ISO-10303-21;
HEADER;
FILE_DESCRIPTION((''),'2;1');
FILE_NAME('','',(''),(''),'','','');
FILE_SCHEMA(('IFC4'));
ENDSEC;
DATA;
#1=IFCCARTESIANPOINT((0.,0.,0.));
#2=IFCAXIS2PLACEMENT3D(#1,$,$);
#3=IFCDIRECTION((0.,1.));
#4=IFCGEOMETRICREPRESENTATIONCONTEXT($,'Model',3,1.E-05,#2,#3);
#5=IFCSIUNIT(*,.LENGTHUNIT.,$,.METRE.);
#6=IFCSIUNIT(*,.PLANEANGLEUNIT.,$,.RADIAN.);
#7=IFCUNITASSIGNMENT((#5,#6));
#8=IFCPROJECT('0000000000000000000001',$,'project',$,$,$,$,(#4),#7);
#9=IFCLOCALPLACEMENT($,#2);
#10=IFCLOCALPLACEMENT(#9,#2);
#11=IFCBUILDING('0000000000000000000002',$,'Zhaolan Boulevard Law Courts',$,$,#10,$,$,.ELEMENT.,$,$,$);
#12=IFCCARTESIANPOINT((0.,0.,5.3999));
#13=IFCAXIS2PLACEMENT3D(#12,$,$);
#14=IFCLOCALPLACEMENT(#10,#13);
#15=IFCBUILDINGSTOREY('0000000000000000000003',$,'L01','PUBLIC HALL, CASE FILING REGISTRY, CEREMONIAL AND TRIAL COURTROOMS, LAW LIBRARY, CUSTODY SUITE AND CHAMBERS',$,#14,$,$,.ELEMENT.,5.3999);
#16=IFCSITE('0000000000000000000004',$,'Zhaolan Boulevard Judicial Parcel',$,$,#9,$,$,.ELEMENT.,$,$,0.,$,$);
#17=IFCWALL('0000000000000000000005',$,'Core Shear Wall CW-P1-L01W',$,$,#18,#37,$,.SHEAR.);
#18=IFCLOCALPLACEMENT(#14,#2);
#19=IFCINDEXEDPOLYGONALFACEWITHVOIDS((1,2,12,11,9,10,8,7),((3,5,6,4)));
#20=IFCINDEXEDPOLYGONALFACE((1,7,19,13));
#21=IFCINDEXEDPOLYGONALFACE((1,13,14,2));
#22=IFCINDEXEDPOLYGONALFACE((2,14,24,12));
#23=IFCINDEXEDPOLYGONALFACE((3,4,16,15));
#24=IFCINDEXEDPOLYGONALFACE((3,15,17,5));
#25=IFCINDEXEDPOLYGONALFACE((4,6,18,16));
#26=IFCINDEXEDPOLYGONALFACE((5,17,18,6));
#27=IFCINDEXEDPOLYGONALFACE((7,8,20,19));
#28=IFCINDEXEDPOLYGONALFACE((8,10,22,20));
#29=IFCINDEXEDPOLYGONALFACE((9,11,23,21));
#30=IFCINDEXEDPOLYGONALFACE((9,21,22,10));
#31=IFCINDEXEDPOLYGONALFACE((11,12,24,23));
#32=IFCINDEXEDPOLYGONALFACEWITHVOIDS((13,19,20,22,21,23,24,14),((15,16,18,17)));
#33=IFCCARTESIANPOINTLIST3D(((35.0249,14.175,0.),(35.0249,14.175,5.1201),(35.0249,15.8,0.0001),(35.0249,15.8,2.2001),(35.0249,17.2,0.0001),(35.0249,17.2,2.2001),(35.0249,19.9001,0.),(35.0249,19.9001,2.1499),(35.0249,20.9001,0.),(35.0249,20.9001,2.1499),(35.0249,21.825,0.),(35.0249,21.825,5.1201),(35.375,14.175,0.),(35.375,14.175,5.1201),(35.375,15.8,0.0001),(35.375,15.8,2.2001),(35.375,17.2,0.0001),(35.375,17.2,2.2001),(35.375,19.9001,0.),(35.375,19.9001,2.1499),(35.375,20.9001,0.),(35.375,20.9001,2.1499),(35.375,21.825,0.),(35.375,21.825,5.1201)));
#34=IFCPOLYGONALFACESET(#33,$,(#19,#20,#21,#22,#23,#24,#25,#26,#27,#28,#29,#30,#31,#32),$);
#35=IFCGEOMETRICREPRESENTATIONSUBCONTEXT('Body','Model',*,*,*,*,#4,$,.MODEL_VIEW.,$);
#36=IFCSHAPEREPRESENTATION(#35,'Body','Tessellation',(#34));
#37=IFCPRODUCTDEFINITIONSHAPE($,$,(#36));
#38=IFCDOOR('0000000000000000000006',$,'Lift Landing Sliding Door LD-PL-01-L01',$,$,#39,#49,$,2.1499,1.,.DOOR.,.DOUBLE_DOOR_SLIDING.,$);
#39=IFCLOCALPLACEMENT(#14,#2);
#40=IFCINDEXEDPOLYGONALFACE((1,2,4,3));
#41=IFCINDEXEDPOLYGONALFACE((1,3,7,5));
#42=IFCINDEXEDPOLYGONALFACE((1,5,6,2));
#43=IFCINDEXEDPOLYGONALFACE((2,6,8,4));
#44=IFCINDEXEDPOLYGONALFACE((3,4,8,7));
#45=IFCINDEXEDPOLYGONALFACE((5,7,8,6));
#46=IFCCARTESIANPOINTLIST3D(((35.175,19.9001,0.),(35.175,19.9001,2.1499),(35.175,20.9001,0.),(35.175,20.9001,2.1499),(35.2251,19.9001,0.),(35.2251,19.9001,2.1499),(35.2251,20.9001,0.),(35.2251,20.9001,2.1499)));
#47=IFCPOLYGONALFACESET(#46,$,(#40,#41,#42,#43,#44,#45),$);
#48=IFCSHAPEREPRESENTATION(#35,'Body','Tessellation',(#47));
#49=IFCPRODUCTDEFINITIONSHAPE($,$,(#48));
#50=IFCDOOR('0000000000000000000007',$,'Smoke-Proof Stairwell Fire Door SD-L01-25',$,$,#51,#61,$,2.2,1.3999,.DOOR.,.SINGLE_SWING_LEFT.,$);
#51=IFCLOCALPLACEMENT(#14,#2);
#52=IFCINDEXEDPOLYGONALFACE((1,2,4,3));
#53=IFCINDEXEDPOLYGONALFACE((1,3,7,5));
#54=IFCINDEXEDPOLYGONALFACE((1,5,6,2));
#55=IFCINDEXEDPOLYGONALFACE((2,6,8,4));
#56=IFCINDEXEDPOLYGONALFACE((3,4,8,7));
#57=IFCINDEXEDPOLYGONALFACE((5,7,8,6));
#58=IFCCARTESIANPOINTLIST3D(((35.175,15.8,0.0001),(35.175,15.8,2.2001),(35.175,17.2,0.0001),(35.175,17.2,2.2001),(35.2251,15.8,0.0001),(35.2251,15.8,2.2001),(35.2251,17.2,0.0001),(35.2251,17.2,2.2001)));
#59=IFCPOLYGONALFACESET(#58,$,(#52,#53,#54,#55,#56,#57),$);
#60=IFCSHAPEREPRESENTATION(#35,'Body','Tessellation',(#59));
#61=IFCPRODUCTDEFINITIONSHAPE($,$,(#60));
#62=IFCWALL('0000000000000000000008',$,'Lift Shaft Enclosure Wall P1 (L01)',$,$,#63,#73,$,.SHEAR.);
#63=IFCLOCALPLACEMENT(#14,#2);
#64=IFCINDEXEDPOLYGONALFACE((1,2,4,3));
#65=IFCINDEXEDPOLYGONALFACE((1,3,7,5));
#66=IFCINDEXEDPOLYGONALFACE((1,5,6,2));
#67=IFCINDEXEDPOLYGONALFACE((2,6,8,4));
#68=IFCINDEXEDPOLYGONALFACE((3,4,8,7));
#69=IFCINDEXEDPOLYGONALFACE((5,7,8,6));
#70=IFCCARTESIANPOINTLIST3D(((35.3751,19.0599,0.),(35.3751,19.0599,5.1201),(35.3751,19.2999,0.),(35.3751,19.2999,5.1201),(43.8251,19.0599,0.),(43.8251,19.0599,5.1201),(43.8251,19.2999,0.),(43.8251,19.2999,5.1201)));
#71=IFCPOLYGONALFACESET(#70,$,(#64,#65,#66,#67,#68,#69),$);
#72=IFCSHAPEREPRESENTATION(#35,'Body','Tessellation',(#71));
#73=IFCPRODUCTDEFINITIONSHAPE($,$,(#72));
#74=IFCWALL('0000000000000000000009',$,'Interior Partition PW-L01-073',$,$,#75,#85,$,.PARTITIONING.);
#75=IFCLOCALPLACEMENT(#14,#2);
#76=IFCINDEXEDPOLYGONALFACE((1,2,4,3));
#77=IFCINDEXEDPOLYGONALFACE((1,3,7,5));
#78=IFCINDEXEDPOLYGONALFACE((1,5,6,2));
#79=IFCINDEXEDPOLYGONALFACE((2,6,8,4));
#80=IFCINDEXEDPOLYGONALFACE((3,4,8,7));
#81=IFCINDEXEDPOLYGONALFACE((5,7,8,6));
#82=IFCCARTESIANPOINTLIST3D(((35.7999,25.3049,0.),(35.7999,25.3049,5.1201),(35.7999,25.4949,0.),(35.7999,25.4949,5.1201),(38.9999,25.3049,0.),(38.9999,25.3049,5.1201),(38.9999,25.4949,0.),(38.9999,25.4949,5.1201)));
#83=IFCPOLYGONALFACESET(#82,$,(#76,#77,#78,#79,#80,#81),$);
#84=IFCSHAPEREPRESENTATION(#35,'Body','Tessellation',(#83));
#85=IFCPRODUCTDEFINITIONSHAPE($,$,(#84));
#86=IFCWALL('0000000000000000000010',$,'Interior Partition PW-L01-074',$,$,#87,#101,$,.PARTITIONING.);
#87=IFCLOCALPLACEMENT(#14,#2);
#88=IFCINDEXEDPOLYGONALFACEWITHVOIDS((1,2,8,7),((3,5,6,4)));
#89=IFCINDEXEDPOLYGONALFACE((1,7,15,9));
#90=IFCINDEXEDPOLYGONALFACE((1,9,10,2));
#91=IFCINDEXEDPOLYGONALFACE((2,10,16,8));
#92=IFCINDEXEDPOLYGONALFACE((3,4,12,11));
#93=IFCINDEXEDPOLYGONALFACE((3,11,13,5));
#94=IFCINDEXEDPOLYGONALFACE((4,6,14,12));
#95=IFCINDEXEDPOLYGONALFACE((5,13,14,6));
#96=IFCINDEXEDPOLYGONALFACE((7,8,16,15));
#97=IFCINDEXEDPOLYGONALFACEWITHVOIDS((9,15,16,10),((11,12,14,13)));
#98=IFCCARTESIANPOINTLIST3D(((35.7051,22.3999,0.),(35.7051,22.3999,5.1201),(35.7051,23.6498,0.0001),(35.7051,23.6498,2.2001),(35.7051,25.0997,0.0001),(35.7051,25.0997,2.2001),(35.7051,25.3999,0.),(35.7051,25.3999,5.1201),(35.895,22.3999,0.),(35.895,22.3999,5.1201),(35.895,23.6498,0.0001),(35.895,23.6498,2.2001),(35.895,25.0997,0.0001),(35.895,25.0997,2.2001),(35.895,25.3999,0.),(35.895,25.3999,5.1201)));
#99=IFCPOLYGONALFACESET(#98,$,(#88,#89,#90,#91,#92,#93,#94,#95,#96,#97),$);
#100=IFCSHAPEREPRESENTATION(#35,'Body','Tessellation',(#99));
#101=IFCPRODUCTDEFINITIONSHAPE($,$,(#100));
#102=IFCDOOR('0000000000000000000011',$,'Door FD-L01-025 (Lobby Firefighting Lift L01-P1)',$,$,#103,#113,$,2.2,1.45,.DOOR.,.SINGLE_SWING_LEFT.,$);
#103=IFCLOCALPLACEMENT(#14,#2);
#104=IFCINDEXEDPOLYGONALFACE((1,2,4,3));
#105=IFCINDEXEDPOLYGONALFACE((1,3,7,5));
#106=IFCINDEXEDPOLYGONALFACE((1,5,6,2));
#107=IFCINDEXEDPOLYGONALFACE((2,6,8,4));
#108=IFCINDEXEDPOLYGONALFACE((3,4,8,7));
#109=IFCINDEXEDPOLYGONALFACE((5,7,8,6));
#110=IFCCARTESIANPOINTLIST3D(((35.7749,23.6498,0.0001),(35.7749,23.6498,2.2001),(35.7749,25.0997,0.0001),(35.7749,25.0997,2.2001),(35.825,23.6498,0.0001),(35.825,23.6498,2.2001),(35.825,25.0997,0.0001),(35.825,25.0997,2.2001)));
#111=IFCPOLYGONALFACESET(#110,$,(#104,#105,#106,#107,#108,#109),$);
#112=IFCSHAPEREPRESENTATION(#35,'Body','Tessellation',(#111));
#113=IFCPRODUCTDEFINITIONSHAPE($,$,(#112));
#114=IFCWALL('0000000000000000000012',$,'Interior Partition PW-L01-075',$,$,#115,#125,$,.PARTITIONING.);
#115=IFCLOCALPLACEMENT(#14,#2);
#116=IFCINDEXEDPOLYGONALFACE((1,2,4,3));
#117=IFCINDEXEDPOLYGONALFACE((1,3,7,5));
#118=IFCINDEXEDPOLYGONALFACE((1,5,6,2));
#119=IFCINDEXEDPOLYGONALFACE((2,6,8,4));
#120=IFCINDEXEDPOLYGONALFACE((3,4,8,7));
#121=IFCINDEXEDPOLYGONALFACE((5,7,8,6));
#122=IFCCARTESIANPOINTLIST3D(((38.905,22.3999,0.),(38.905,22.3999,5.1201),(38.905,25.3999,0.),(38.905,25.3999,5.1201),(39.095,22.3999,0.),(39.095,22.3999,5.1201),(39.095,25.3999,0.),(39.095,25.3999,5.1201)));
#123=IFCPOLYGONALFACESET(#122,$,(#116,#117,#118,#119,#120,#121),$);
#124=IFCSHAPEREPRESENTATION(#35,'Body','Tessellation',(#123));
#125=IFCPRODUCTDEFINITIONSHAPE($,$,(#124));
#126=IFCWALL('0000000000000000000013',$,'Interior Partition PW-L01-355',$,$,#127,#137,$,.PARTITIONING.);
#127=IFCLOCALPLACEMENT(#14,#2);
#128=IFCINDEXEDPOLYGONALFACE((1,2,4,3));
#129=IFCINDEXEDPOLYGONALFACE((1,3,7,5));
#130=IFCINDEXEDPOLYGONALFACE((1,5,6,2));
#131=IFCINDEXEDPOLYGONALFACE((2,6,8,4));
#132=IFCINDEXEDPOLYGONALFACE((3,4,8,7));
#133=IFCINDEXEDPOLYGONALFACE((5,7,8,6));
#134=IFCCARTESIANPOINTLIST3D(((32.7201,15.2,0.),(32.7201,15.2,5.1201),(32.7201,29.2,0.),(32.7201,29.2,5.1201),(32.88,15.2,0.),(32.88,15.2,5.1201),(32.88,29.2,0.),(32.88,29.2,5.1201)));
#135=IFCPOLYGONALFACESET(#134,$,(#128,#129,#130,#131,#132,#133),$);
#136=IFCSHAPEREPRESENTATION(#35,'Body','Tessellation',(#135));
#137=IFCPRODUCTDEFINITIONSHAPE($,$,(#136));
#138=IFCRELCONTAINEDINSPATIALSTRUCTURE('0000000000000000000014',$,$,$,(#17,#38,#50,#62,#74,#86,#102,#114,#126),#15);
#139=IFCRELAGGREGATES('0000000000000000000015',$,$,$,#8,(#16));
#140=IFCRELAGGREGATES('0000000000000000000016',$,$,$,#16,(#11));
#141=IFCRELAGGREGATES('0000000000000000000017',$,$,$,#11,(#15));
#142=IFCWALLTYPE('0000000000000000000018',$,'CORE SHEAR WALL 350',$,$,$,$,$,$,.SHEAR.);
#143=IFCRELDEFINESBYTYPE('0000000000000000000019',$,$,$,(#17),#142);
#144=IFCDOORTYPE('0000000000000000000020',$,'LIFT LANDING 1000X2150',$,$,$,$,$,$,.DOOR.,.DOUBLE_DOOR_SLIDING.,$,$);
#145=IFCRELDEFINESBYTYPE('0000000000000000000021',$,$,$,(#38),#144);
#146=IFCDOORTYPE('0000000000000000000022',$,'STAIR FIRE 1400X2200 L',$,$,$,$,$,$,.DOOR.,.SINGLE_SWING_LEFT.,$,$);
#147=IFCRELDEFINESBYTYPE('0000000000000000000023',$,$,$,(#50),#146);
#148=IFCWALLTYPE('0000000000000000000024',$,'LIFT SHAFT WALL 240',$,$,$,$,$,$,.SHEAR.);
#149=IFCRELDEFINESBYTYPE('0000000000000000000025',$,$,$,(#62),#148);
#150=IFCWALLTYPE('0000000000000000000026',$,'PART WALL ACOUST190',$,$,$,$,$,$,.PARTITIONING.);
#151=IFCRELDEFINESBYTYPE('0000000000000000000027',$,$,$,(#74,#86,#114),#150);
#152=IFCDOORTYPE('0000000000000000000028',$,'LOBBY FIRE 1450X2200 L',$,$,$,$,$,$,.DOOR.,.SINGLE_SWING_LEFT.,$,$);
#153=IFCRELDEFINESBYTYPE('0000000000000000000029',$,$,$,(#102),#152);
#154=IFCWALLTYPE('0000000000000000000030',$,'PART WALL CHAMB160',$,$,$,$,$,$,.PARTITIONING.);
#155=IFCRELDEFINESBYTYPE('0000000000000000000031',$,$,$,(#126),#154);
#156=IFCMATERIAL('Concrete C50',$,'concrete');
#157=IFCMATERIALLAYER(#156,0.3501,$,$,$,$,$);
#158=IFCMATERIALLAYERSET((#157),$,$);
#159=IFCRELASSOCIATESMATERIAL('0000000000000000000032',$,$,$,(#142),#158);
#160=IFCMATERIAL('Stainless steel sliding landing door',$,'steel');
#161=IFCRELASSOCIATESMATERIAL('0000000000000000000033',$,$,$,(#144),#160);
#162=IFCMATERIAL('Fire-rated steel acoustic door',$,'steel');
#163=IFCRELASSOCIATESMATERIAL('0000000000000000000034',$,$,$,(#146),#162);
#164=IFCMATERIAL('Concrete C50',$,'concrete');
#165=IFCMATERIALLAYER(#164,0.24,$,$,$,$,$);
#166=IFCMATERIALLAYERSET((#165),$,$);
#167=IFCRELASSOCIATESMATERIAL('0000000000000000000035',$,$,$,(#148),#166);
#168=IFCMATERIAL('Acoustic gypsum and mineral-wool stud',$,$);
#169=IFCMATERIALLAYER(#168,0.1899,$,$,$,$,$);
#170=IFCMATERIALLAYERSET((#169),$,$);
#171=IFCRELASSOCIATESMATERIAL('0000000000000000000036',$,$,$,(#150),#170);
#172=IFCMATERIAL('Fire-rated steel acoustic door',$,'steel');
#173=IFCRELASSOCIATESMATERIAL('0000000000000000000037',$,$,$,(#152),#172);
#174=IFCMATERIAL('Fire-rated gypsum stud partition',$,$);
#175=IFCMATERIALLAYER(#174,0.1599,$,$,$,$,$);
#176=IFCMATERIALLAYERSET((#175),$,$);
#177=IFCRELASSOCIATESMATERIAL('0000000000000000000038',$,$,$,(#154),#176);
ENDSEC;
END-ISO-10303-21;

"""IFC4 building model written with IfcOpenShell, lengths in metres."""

from ifc_helpers import new_model, si_unit, direction, frame, frame_2d, origin, place, context, subcontext, project, spatial, rectangle, extrude, material, layer, layer_set, type_object, element, fill, save


model = new_model("IFC4")

# Units and contexts
model_context = context("Model", 3, precision=1e-05, world=origin(), true_north=direction((0.0, 1.0)))
body_context = subcontext(model_context, "Body", "Model", "MODEL_VIEW")
ifc_project = project(units=[si_unit("LENGTHUNIT", "METRE"), si_unit("PLANEANGLEUNIT", "RADIAN")], contexts=[model_context])

# Site, building, storey
site_placement = place(None, origin())
site = spatial("IfcSite", under=ifc_project, at=site_placement, Name="Zhaolan Boulevard Judicial Parcel", CompositionType="ELEMENT", RefElevation=0.0)
building_placement = place(site_placement, origin())
building = spatial("IfcBuilding", under=site, at=building_placement, Name="Zhaolan Boulevard Law Courts", CompositionType="ELEMENT")
storey_placement = place(building_placement, frame((0.0, 0.0, 5.3999)))
storey = spatial("IfcBuildingStorey", under=building, at=storey_placement, Name="L01", Description="PUBLIC HALL, CASE FILING REGISTRY, CEREMONIAL AND TRIAL COURTROOMS, LAW LIBRARY, CUSTODY SUITE AND CHAMBERS", CompositionType="ELEMENT", Elevation=5.3999)

# Wall, openings, doors
ifc_material_1 = material(Name="Concrete C50", Category="concrete")
ifc_layer_1 = layer(ifc_material_1, 0.3501)
ifc_layer_set_1 = layer_set([ifc_layer_1])
wall_type_1 = type_object("IfcWallType", Name="CORE SHEAR WALL 350", PredefinedType="SHEAR", material=ifc_layer_set_1)
wall_1_placement = place(storey_placement, frame((35.2, 14.175, 0.0), z_axis=(0.0, 0.0, 1.0), x_axis=(0.0, 1.0, 0.0)))
wall_1 = element("IfcWall", 1, at=wall_1_placement, inside=storey, type_object=wall_type_1, Name="Core Shear Wall CW-P1-L01W", PredefinedType="SHEAR", context=body_context, shape_type="SweptSolid", body=[
    extrude(rectangle(XDim=7.6499, YDim=0.3501, at=frame_2d((3.825, 0.0))), origin(), (0.0, 0.0, 1.0), 5.1201),
])
opening_1_placement = place(wall_1_placement, frame((1.625, 0.0, 0.0)))
opening_1 = element("IfcOpeningElement", 2, at=opening_1_placement, cuts=wall_1, PredefinedType="OPENING", context=body_context, shape_type="SweptSolid", body=[
    extrude(rectangle(XDim=1.3999, YDim=2.2, at=frame_2d((0.7, 1.1001))), frame((0.0, 0.1851, 0.0), z_axis=(0.0, -1.0, 0.0), x_axis=(1.0, 0.0, 0.0)), (0.0, 0.0, 1.0), 0.3701),
])
opening_2_placement = place(wall_1_placement, frame((5.7251, 0.0, 0.0)))
opening_2 = element("IfcOpeningElement", 3, at=opening_2_placement, cuts=wall_1, PredefinedType="OPENING", context=body_context, shape_type="SweptSolid", body=[
    extrude(rectangle(XDim=1.0, YDim=2.1499, at=frame_2d((0.5, 1.075))), frame((0.0, 0.1851, 0.0), z_axis=(0.0, -1.0, 0.0), x_axis=(1.0, 0.0, 0.0)), (0.0, 0.0, 1.0), 0.3701),
])
ifc_material_2 = material(Name="Stainless steel sliding landing door", Category="steel")
door_type_1 = type_object("IfcDoorType", Name="LIFT LANDING 1000X2150", OperationType="DOUBLE_DOOR_SLIDING", PredefinedType="DOOR", material=ifc_material_2)
door_1_placement = place(opening_2_placement, origin())
door_1 = element("IfcDoor", 4, at=door_1_placement, inside=storey, type_object=door_type_1, Name="Lift Landing Sliding Door LD-PL-01-L01", OperationType="DOUBLE_DOOR_SLIDING", OverallHeight=2.1499, OverallWidth=1.0, PredefinedType="DOOR", context=body_context, shape_type="SweptSolid", body=[
    extrude(rectangle(XDim=1.0, YDim=2.1499, at=frame_2d((0.5, 1.075))), frame((0.0, 0.0249, 0.0), z_axis=(0.0, -1.0, 0.0), x_axis=(1.0, 0.0, 0.0)), (0.0, 0.0, 1.0), 0.05),
])
fill(opening_2, door_1)
ifc_material_3 = material(Name="Fire-rated steel acoustic door", Category="steel")
door_type_2 = type_object("IfcDoorType", Name="STAIR FIRE 1400X2200 L", OperationType="SINGLE_SWING_LEFT", PredefinedType="DOOR", material=ifc_material_3)
door_2_placement = place(opening_1_placement, origin())
door_2 = element("IfcDoor", 5, at=door_2_placement, inside=storey, type_object=door_type_2, Name="Smoke-Proof Stairwell Fire Door SD-L01-25", OperationType="SINGLE_SWING_LEFT", OverallHeight=2.2, OverallWidth=1.3999, PredefinedType="DOOR", context=body_context, shape_type="SweptSolid", body=[
    extrude(rectangle(XDim=1.3999, YDim=2.2, at=frame_2d((0.7, 1.1001))), frame((0.0, 0.0249, 0.0), z_axis=(0.0, -1.0, 0.0), x_axis=(1.0, 0.0, 0.0)), (0.0, 0.0, 1.0), 0.05),
])
fill(opening_1, door_2)

# Walls
ifc_material_4 = material(Name="Concrete C50", Category="concrete")
ifc_layer_2 = layer(ifc_material_4, 0.24)
ifc_layer_set_2 = layer_set([ifc_layer_2])
wall_type_2 = type_object("IfcWallType", Name="LIFT SHAFT WALL 240", PredefinedType="SHEAR", material=ifc_layer_set_2)
wall_2_placement = place(storey_placement, frame((35.375, 19.1799, 0.0), z_axis=(0.0, 0.0, 1.0), x_axis=(1.0, 0.0, 0.0)))
element("IfcWall", 6, at=wall_2_placement, inside=storey, type_object=wall_type_2, Name="Lift Shaft Enclosure Wall P1 (L01)", PredefinedType="SHEAR", context=body_context, shape_type="SweptSolid", body=[
    extrude(rectangle(XDim=8.45, YDim=0.24, at=frame_2d((4.2251, 0.0))), origin(), (0.0, 0.0, 1.0), 5.1201),
])
ifc_material_5 = material(Name="Acoustic gypsum and mineral-wool stud")
ifc_layer_3 = layer(ifc_material_5, 0.1899)
ifc_layer_set_3 = layer_set([ifc_layer_3])
wall_type_3 = type_object("IfcWallType", Name="PART WALL ACOUST190", PredefinedType="PARTITIONING", material=ifc_layer_set_3)
wall_3_placement = place(storey_placement, frame((39.0, 25.3999, 0.0), z_axis=(0.0, 0.0, 1.0), x_axis=(-1.0, 0.0, 0.0)))
element("IfcWall", 7, at=wall_3_placement, inside=storey, type_object=wall_type_3, Name="Interior Partition PW-L01-073", PredefinedType="PARTITIONING", context=body_context, shape_type="SweptSolid", body=[
    extrude(rectangle(XDim=3.2, YDim=0.1899, at=frame_2d((1.6001, 0.0))), origin(), (0.0, 0.0, 1.0), 5.1201),
])

# Wall, opening, door
wall_4_placement = place(storey_placement, frame((35.8, 25.3999, 0.0), z_axis=(0.0, 0.0, 1.0), x_axis=(0.0, -1.0, 0.0)))
wall_4 = element("IfcWall", 8, at=wall_4_placement, inside=storey, type_object=wall_type_3, Name="Interior Partition PW-L01-074", PredefinedType="PARTITIONING", context=body_context, shape_type="SweptSolid", body=[
    extrude(rectangle(XDim=3.0, YDim=0.1899, at=frame_2d((1.5, 0.0))), origin(), (0.0, 0.0, 1.0), 5.1201),
])
opening_3_placement = place(wall_4_placement, frame((0.3, 0.0, 0.0)))
opening_3 = element("IfcOpeningElement", 9, at=opening_3_placement, cuts=wall_4, PredefinedType="OPENING", context=body_context, shape_type="SweptSolid", body=[
    extrude(rectangle(XDim=1.45, YDim=2.2, at=frame_2d((0.7251, 1.1001))), frame((0.0, 0.105, 0.0), z_axis=(0.0, -1.0, 0.0), x_axis=(1.0, 0.0, 0.0)), (0.0, 0.0, 1.0), 0.21),
])
ifc_material_6 = material(Name="Fire-rated steel acoustic door", Category="steel")
door_type_3 = type_object("IfcDoorType", Name="LOBBY FIRE 1450X2200 L", OperationType="SINGLE_SWING_LEFT", PredefinedType="DOOR", material=ifc_material_6)
door_3_placement = place(opening_3_placement, origin())
door_3 = element("IfcDoor", 10, at=door_3_placement, inside=storey, type_object=door_type_3, Name="Door FD-L01-025 (Lobby Firefighting Lift L01-P1)", OperationType="SINGLE_SWING_LEFT", OverallHeight=2.2, OverallWidth=1.45, PredefinedType="DOOR", context=body_context, shape_type="SweptSolid", body=[
    extrude(rectangle(XDim=1.45, YDim=2.2, at=frame_2d((0.7251, 1.1001))), frame((0.0, 0.0249, 0.0), z_axis=(0.0, -1.0, 0.0), x_axis=(1.0, 0.0, 0.0)), (0.0, 0.0, 1.0), 0.05),
])
fill(opening_3, door_3)

# Walls
wall_5_placement = place(storey_placement, frame((39.0, 22.3999, 0.0), z_axis=(0.0, 0.0, 1.0), x_axis=(0.0, 1.0, 0.0)))
element("IfcWall", 11, at=wall_5_placement, inside=storey, type_object=wall_type_3, Name="Interior Partition PW-L01-075", PredefinedType="PARTITIONING", context=body_context, shape_type="SweptSolid", body=[
    extrude(rectangle(XDim=3.0, YDim=0.1899, at=frame_2d((1.5, 0.0))), origin(), (0.0, 0.0, 1.0), 5.1201),
])
ifc_material_7 = material(Name="Fire-rated gypsum stud partition")
ifc_layer_4 = layer(ifc_material_7, 0.1599)
ifc_layer_set_4 = layer_set([ifc_layer_4])
wall_type_4 = type_object("IfcWallType", Name="PART WALL CHAMB160", PredefinedType="PARTITIONING", material=ifc_layer_set_4)
wall_6_placement = place(storey_placement, frame((32.8, 15.2, 0.0), z_axis=(0.0, 0.0, 1.0), x_axis=(0.0, 1.0, 0.0)))
element("IfcWall", 12, at=wall_6_placement, inside=storey, type_object=wall_type_4, Name="Interior Partition PW-L01-355", PredefinedType="PARTITIONING", context=body_context, shape_type="SweptSolid", body=[
    extrude(rectangle(XDim=14.0, YDim=0.1599, at=frame_2d((7.0, 0.0))), origin(), (0.0, 0.0, 1.0), 5.1201),
])

save(model, "model.ifc")
